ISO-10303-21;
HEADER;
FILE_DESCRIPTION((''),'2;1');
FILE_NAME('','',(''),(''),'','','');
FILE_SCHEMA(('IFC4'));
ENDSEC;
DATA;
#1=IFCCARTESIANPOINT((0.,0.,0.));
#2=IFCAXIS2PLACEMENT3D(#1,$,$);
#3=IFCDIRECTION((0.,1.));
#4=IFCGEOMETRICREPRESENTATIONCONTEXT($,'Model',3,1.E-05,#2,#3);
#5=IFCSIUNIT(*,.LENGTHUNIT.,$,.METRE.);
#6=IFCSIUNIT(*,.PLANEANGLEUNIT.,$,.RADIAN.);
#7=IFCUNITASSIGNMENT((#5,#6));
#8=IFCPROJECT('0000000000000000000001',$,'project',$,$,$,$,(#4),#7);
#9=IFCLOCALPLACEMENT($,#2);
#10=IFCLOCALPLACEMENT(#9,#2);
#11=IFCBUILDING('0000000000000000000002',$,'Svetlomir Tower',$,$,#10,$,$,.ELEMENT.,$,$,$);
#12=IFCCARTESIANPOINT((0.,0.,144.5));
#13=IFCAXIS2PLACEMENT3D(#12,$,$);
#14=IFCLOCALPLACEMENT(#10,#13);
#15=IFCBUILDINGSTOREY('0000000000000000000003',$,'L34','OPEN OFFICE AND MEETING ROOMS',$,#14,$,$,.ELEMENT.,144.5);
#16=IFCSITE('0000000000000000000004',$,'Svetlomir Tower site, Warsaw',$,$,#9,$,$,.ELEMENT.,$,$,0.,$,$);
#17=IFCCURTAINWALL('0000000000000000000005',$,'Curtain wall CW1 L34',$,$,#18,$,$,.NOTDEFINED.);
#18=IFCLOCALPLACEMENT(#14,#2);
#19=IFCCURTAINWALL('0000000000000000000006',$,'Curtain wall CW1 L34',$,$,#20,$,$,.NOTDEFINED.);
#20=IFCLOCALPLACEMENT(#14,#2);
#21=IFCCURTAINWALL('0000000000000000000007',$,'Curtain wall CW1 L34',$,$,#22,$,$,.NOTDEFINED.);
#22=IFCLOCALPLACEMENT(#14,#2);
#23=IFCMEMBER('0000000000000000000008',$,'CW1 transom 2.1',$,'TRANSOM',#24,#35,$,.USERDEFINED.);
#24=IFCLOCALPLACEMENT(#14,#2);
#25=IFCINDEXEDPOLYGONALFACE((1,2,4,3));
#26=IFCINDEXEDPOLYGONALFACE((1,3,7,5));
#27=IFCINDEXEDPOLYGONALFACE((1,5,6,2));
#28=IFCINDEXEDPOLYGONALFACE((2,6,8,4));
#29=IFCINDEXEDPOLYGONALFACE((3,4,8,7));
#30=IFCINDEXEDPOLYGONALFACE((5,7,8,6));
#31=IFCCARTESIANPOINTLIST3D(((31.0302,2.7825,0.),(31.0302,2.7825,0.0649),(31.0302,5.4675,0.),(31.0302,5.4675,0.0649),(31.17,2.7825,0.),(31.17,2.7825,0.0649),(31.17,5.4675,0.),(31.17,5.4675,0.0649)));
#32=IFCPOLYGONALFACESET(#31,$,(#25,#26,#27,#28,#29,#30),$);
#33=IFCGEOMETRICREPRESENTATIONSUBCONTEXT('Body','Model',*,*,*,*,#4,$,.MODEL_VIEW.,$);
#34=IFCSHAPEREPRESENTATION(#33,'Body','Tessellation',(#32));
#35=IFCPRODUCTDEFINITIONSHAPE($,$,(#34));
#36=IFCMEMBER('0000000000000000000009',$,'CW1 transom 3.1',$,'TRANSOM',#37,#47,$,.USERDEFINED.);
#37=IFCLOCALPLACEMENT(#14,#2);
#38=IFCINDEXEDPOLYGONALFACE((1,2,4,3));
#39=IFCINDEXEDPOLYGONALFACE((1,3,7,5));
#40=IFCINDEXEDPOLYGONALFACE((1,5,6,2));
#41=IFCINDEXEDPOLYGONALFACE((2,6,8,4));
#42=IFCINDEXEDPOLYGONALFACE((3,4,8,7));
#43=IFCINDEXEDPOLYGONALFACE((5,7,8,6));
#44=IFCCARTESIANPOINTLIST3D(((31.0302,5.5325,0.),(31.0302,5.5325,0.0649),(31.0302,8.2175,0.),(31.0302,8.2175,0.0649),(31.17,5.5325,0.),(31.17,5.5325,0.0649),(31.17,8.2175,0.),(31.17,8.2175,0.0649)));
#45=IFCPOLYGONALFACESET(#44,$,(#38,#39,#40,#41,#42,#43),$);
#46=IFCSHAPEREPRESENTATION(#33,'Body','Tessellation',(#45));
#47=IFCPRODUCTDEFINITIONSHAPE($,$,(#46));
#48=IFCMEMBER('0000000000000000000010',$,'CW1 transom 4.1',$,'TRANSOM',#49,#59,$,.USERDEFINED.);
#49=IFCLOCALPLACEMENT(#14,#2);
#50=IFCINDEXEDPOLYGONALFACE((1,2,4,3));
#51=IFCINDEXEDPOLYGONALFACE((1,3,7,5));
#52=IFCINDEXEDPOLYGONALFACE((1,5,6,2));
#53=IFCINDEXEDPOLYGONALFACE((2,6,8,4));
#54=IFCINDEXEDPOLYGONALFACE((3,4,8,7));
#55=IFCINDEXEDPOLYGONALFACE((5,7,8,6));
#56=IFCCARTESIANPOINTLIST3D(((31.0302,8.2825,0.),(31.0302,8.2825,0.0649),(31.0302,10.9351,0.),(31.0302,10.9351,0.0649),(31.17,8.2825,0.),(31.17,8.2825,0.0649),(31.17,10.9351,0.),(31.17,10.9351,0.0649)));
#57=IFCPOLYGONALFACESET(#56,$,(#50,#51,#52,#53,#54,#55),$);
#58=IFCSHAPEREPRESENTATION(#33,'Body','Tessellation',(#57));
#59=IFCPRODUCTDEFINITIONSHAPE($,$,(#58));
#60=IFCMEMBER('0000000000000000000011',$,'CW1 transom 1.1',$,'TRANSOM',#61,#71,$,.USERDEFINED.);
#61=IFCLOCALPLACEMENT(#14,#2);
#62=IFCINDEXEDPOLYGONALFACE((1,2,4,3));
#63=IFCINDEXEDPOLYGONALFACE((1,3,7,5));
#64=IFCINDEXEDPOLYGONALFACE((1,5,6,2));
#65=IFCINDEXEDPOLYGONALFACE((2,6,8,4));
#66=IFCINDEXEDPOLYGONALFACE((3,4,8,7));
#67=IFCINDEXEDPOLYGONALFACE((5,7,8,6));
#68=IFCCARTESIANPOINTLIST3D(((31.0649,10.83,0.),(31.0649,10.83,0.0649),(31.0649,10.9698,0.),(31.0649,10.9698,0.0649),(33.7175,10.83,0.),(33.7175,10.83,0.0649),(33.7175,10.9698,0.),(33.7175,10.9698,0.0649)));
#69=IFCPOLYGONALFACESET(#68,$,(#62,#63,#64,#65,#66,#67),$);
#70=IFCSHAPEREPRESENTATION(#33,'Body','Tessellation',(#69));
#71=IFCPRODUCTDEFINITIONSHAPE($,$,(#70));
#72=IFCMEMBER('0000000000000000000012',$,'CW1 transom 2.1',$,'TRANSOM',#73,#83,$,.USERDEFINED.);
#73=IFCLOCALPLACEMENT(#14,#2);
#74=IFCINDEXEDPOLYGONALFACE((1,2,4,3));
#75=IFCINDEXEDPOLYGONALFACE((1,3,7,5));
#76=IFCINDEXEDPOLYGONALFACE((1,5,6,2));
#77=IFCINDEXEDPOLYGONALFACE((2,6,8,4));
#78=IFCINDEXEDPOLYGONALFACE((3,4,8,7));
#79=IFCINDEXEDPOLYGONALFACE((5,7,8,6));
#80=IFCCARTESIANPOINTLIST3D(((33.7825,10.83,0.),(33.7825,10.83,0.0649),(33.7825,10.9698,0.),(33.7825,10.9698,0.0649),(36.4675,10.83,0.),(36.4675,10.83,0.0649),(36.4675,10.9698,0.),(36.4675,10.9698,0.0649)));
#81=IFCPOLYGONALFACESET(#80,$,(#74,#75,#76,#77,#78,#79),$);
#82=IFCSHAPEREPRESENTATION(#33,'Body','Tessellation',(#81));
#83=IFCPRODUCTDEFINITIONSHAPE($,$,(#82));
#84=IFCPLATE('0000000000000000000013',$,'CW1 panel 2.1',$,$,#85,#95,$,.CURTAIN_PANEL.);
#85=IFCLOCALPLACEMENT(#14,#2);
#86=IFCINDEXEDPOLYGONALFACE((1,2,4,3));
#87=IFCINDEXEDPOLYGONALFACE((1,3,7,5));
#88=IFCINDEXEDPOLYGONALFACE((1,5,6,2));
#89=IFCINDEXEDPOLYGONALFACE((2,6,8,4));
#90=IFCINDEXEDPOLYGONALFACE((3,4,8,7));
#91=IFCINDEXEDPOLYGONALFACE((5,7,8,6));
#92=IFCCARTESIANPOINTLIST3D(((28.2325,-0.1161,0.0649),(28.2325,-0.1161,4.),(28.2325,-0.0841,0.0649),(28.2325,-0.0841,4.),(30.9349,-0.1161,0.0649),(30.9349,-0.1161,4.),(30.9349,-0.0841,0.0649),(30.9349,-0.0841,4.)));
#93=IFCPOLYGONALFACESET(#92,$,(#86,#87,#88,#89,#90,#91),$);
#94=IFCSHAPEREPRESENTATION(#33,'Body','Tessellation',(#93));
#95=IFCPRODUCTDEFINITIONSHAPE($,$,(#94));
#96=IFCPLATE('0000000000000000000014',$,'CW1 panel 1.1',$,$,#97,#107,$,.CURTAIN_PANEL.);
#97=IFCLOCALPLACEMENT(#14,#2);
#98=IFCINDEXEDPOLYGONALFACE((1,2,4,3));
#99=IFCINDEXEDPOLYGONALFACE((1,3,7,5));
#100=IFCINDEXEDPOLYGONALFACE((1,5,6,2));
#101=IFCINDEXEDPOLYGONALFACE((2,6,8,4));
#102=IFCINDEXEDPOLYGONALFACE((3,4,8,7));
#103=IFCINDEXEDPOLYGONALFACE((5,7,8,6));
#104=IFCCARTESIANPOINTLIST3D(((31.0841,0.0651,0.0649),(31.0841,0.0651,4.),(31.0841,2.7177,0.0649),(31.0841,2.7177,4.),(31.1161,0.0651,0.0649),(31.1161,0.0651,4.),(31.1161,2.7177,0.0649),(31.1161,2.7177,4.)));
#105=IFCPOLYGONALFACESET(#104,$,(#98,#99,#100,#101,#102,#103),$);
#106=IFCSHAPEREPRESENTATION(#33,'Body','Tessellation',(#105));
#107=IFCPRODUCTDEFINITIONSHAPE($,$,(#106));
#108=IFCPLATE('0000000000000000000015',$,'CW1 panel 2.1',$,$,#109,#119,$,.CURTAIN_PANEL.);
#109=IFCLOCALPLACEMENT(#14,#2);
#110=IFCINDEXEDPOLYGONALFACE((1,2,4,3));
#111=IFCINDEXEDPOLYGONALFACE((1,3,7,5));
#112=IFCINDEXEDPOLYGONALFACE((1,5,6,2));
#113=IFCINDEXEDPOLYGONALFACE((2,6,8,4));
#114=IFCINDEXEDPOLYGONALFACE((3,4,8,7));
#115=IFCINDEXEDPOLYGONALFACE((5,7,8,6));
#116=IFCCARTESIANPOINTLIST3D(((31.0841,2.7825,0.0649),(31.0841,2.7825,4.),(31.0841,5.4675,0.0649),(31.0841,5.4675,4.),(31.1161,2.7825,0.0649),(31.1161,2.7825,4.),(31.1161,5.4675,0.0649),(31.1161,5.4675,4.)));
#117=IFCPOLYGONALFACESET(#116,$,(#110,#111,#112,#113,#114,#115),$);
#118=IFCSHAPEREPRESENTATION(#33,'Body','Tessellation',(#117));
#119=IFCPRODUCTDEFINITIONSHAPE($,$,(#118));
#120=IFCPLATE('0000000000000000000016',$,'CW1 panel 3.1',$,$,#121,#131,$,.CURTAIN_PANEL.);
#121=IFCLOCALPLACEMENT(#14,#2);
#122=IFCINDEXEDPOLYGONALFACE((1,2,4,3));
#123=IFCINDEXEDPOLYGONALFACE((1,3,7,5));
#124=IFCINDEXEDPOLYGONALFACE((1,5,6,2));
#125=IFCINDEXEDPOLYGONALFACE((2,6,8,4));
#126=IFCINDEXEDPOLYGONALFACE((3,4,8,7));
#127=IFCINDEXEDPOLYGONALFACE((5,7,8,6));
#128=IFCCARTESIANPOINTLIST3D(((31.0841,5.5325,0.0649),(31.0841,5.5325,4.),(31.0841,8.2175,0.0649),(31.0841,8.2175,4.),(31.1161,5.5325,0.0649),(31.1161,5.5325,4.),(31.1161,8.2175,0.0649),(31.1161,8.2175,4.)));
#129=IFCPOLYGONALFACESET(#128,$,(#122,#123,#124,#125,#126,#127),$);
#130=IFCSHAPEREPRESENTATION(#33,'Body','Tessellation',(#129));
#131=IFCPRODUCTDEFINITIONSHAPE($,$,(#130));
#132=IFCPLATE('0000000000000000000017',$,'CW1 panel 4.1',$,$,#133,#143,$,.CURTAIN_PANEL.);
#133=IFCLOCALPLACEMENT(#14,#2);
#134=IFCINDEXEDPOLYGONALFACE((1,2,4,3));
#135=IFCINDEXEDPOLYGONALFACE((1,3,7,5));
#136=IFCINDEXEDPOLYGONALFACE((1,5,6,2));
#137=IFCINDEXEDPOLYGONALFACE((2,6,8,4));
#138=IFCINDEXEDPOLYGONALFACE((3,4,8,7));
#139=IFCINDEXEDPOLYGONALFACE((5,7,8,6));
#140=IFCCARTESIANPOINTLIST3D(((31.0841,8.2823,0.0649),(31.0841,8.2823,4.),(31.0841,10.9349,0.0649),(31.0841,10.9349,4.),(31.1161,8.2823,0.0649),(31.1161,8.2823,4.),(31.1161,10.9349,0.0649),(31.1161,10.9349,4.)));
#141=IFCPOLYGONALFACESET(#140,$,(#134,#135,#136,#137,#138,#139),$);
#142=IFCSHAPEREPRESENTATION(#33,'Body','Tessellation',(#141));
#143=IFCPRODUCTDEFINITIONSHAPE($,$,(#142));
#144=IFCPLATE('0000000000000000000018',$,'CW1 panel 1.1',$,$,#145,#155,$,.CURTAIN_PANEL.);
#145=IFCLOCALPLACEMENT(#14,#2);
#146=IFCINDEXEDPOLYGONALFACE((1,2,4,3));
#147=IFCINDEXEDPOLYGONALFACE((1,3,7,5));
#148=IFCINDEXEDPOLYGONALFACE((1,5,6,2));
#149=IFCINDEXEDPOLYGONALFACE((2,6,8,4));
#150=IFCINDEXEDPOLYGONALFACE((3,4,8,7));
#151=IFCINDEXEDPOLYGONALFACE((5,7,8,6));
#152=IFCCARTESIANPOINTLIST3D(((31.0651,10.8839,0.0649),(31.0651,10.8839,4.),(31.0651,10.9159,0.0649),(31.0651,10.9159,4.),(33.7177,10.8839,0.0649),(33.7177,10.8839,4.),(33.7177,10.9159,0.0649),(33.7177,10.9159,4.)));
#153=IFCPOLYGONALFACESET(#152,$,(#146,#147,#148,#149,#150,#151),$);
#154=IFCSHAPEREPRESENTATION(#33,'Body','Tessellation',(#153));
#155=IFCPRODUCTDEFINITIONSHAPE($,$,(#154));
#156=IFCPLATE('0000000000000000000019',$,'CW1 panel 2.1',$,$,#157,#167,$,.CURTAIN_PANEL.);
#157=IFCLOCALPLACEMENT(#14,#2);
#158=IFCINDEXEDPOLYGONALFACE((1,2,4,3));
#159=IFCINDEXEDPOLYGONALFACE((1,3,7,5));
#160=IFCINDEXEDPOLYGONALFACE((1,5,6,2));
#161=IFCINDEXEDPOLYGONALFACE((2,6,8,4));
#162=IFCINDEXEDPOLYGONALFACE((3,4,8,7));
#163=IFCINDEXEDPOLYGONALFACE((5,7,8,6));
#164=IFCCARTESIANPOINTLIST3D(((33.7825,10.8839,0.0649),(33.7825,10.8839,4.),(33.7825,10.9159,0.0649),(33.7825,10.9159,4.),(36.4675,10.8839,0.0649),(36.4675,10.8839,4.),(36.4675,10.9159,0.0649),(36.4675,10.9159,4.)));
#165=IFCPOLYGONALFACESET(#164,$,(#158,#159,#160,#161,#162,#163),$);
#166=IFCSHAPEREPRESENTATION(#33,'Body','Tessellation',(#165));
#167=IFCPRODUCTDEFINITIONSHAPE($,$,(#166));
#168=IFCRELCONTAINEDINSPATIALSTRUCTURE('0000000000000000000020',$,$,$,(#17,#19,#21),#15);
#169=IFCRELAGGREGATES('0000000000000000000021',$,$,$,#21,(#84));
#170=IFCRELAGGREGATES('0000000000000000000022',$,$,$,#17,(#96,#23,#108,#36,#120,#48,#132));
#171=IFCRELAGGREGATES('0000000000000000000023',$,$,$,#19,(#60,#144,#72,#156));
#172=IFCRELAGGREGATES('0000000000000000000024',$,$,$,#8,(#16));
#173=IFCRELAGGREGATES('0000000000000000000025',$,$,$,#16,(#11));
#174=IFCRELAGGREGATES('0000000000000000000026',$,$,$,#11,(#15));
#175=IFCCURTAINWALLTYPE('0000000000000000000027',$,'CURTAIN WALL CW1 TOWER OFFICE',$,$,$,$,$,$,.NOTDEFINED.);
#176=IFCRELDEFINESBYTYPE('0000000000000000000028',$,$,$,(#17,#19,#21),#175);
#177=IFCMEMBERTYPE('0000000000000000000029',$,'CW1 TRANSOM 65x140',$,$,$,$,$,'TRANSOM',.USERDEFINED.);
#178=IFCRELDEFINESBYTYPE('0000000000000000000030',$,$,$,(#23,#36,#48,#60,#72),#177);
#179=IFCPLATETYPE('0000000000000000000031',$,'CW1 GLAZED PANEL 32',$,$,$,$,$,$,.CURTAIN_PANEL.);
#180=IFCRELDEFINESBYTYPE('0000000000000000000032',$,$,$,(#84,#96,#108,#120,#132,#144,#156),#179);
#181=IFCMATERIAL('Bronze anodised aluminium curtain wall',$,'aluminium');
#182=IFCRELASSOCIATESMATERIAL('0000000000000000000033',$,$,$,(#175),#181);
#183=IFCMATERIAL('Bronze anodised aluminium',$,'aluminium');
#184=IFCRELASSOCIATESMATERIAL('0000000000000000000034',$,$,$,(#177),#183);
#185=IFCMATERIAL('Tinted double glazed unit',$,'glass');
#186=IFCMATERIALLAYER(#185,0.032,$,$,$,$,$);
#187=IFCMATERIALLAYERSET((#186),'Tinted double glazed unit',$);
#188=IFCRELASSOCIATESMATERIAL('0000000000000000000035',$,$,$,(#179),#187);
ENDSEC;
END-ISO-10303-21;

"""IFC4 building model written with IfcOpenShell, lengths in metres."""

from ifc_helpers import new_model, si_unit, direction, frame, origin, origin_2d, place, context, subcontext, project, spatial, rectangle, extrude, material, layer, layer_set, material_profile, profile_set, type_object, element, aggregate, save


model = new_model("IFC4")

# Units and contexts
model_context = context("Model", 3, precision=1e-05, world=origin(), true_north=direction((0.0, 1.0)))
body_context = subcontext(model_context, "Body", "Model", "MODEL_VIEW")
ifc_project = project(units=[si_unit("LENGTHUNIT", "METRE"), si_unit("PLANEANGLEUNIT", "RADIAN")], contexts=[model_context])

# Site, building, storey
site_placement = place(None, origin())
site = spatial("IfcSite", under=ifc_project, at=site_placement, Name="Svetlomir Tower site, Warsaw", CompositionType="ELEMENT", RefElevation=0.0)
building_placement = place(site_placement, origin())
building = spatial("IfcBuilding", under=site, at=building_placement, Name="Svetlomir Tower", CompositionType="ELEMENT")
storey_placement = place(building_placement, frame((0.0, 0.0, 144.5)))
storey = spatial("IfcBuildingStorey", under=building, at=storey_placement, Name="L34", Description="OPEN OFFICE AND MEETING ROOMS", CompositionType="ELEMENT", Elevation=144.5)

# Curtain walls
ifc_material_1 = material(Name="Bronze anodised aluminium curtain wall", Category="aluminium")
curtain_wall_type = type_object("IfcCurtainWallType", Name="CURTAIN WALL CW1 TOWER OFFICE", PredefinedType="NOTDEFINED", material=ifc_material_1)
curtain_wall_1_placement = place(storey_placement, origin())
curtain_wall_1 = element("IfcCurtainWall", 1, at=curtain_wall_1_placement, inside=storey, type_object=curtain_wall_type, Name="Curtain wall CW1 L34", PredefinedType="NOTDEFINED")
curtain_wall_2_placement = place(storey_placement, origin())
curtain_wall_2 = element("IfcCurtainWall", 2, at=curtain_wall_2_placement, inside=storey, type_object=curtain_wall_type, Name="Curtain wall CW1 L34", PredefinedType="NOTDEFINED")

# Curtain wall
curtain_wall_3_placement = place(storey_placement, origin())
curtain_wall_3 = element("IfcCurtainWall", 3, at=curtain_wall_3_placement, inside=storey, type_object=curtain_wall_type, Name="Curtain wall CW1 L34", PredefinedType="NOTDEFINED")

# Members
ifc_material_2 = material(Name="Bronze anodised aluminium", Category="aluminium")
ifc_material_profile_1 = material_profile(ifc_material_2, rectangle(XDim=0.1399, YDim=0.0649, at=origin_2d()), Name="AL 140x65")
ifc_profile_set_1 = profile_set([ifc_material_profile_1], Name="Bronze anodised aluminium 6063-T6")
member_type_1 = type_object("IfcMemberType", Name="CW1 TRANSOM 65x140", ElementType="TRANSOM", PredefinedType="USERDEFINED", material=ifc_profile_set_1)
member_1_placement = place(storey_placement, frame((31.1001, 2.7825, 0.0325), z_axis=(0.0, 1.0, 0.0), x_axis=(-1.0, 0.0, 0.0)))
member_1 = element("IfcMember", 4, at=member_1_placement, type_object=member_type_1, Name="CW1 transom 2.1", ObjectType="TRANSOM", PredefinedType="USERDEFINED", context=body_context, shape_type="SweptSolid", body=[
    extrude(rectangle(XDim=0.1399, YDim=0.0649, at=origin_2d()), origin(), (0.0, 0.0, 1.0), 2.6851),
])
member_2_placement = place(storey_placement, frame((31.1001, 5.5325, 0.0325), z_axis=(0.0, 1.0, 0.0), x_axis=(-1.0, 0.0, 0.0)))
member_2 = element("IfcMember", 5, at=member_2_placement, type_object=member_type_1, Name="CW1 transom 3.1", ObjectType="TRANSOM", PredefinedType="USERDEFINED", context=body_context, shape_type="SweptSolid", body=[
    extrude(rectangle(XDim=0.1399, YDim=0.0649, at=origin_2d()), origin(), (0.0, 0.0, 1.0), 2.6851),
])
member_3_placement = place(storey_placement, frame((31.1001, 8.2825, 0.0325), z_axis=(0.0, 1.0, 0.0), x_axis=(-1.0, 0.0, 0.0)))
member_3 = element("IfcMember", 6, at=member_3_placement, type_object=member_type_1, Name="CW1 transom 4.1", ObjectType="TRANSOM", PredefinedType="USERDEFINED", context=body_context, shape_type="SweptSolid", body=[
    extrude(rectangle(XDim=0.1399, YDim=0.0649, at=origin_2d()), origin(), (0.0, 0.0, 1.0), 2.6526),
])
member_4_placement = place(storey_placement, frame((31.0649, 10.8999, 0.0325), z_axis=(1.0, 0.0, 0.0), x_axis=(0.0, 1.0, 0.0)))
member_4 = element("IfcMember", 7, at=member_4_placement, type_object=member_type_1, Name="CW1 transom 1.1", ObjectType="TRANSOM", PredefinedType="USERDEFINED", context=body_context, shape_type="SweptSolid", body=[
    extrude(rectangle(XDim=0.1399, YDim=0.0649, at=origin_2d()), origin(), (0.0, 0.0, 1.0), 2.6526),
])
member_5_placement = place(storey_placement, frame((33.7825, 10.8999, 0.0325), z_axis=(1.0, 0.0, 0.0), x_axis=(0.0, 1.0, 0.0)))
member_5 = element("IfcMember", 8, at=member_5_placement, type_object=member_type_1, Name="CW1 transom 2.1", ObjectType="TRANSOM", PredefinedType="USERDEFINED", context=body_context, shape_type="SweptSolid", body=[
    extrude(rectangle(XDim=0.1399, YDim=0.0649, at=origin_2d()), origin(), (0.0, 0.0, 1.0), 2.6851),
])

# Plates
ifc_material_3 = material(Name="Tinted double glazed unit", Category="glass")
ifc_layer = layer(ifc_material_3, 0.032)
ifc_layer_set = layer_set([ifc_layer], Name="Tinted double glazed unit")
plate_type = type_object("IfcPlateType", Name="CW1 GLAZED PANEL 32", PredefinedType="CURTAIN_PANEL", material=ifc_layer_set)
plate_1_placement = place(storey_placement, frame((29.5837, -0.1001, 0.0649), z_axis=(0.0, 0.0, 1.0), x_axis=(1.0, 0.0, 0.0)))
plate_1 = element("IfcPlate", 9, at=plate_1_placement, type_object=plate_type, Name="CW1 panel 2.1", PredefinedType="CURTAIN_PANEL", context=body_context, shape_type="SweptSolid", body=[
    extrude(rectangle(XDim=2.7024, YDim=0.032, at=origin_2d()), origin(), (0.0, 0.0, 1.0), 3.9351),
])
aggregate(curtain_wall_3, [plate_1])
plate_2_placement = place(storey_placement, frame((31.1001, 1.3914, 0.0649), z_axis=(0.0, 0.0, 1.0), x_axis=(0.0, 1.0, 0.0)))
plate_2 = element("IfcPlate", 10, at=plate_2_placement, type_object=plate_type, Name="CW1 panel 1.1", PredefinedType="CURTAIN_PANEL", context=body_context, shape_type="SweptSolid", body=[
    extrude(rectangle(XDim=2.6526, YDim=0.032, at=origin_2d()), origin(), (0.0, 0.0, 1.0), 3.9351),
])
plate_3_placement = place(storey_placement, frame((31.1001, 4.125, 0.0649), z_axis=(0.0, 0.0, 1.0), x_axis=(0.0, 1.0, 0.0)))
plate_3 = element("IfcPlate", 11, at=plate_3_placement, type_object=plate_type, Name="CW1 panel 2.1", PredefinedType="CURTAIN_PANEL", context=body_context, shape_type="SweptSolid", body=[
    extrude(rectangle(XDim=2.6851, YDim=0.032, at=origin_2d()), origin(), (0.0, 0.0, 1.0), 3.9351),
])
plate_4_placement = place(storey_placement, frame((31.1001, 6.875, 0.0649), z_axis=(0.0, 0.0, 1.0), x_axis=(0.0, 1.0, 0.0)))
plate_4 = element("IfcPlate", 12, at=plate_4_placement, type_object=plate_type, Name="CW1 panel 3.1", PredefinedType="CURTAIN_PANEL", context=body_context, shape_type="SweptSolid", body=[
    extrude(rectangle(XDim=2.6851, YDim=0.032, at=origin_2d()), origin(), (0.0, 0.0, 1.0), 3.9351),
])
plate_5_placement = place(storey_placement, frame((31.1001, 9.6086, 0.0649), z_axis=(0.0, 0.0, 1.0), x_axis=(0.0, 1.0, 0.0)))
plate_5 = element("IfcPlate", 13, at=plate_5_placement, type_object=plate_type, Name="CW1 panel 4.1", PredefinedType="CURTAIN_PANEL", context=body_context, shape_type="SweptSolid", body=[
    extrude(rectangle(XDim=2.6526, YDim=0.032, at=origin_2d()), origin(), (0.0, 0.0, 1.0), 3.9351),
])
aggregate(curtain_wall_1, [plate_2, member_1, plate_3, member_2, plate_4, member_3, plate_5])
plate_6_placement = place(storey_placement, frame((32.3914, 10.8999, 0.0649), z_axis=(0.0, 0.0, 1.0), x_axis=(1.0, 0.0, 0.0)))
plate_6 = element("IfcPlate", 14, at=plate_6_placement, type_object=plate_type, Name="CW1 panel 1.1", PredefinedType="CURTAIN_PANEL", context=body_context, shape_type="SweptSolid", body=[
    extrude(rectangle(XDim=2.6526, YDim=0.032, at=origin_2d()), origin(), (0.0, 0.0, 1.0), 3.9351),
])
plate_7_placement = place(storey_placement, frame((35.125, 10.8999, 0.0649), z_axis=(0.0, 0.0, 1.0), x_axis=(1.0, 0.0, 0.0)))
plate_7 = element("IfcPlate", 15, at=plate_7_placement, type_object=plate_type, Name="CW1 panel 2.1", PredefinedType="CURTAIN_PANEL", context=body_context, shape_type="SweptSolid", body=[
    extrude(rectangle(XDim=2.6851, YDim=0.032, at=origin_2d()), origin(), (0.0, 0.0, 1.0), 3.9351),
])
aggregate(curtain_wall_2, [member_4, plate_6, member_5, plate_7])

save(model, "model.ifc")
